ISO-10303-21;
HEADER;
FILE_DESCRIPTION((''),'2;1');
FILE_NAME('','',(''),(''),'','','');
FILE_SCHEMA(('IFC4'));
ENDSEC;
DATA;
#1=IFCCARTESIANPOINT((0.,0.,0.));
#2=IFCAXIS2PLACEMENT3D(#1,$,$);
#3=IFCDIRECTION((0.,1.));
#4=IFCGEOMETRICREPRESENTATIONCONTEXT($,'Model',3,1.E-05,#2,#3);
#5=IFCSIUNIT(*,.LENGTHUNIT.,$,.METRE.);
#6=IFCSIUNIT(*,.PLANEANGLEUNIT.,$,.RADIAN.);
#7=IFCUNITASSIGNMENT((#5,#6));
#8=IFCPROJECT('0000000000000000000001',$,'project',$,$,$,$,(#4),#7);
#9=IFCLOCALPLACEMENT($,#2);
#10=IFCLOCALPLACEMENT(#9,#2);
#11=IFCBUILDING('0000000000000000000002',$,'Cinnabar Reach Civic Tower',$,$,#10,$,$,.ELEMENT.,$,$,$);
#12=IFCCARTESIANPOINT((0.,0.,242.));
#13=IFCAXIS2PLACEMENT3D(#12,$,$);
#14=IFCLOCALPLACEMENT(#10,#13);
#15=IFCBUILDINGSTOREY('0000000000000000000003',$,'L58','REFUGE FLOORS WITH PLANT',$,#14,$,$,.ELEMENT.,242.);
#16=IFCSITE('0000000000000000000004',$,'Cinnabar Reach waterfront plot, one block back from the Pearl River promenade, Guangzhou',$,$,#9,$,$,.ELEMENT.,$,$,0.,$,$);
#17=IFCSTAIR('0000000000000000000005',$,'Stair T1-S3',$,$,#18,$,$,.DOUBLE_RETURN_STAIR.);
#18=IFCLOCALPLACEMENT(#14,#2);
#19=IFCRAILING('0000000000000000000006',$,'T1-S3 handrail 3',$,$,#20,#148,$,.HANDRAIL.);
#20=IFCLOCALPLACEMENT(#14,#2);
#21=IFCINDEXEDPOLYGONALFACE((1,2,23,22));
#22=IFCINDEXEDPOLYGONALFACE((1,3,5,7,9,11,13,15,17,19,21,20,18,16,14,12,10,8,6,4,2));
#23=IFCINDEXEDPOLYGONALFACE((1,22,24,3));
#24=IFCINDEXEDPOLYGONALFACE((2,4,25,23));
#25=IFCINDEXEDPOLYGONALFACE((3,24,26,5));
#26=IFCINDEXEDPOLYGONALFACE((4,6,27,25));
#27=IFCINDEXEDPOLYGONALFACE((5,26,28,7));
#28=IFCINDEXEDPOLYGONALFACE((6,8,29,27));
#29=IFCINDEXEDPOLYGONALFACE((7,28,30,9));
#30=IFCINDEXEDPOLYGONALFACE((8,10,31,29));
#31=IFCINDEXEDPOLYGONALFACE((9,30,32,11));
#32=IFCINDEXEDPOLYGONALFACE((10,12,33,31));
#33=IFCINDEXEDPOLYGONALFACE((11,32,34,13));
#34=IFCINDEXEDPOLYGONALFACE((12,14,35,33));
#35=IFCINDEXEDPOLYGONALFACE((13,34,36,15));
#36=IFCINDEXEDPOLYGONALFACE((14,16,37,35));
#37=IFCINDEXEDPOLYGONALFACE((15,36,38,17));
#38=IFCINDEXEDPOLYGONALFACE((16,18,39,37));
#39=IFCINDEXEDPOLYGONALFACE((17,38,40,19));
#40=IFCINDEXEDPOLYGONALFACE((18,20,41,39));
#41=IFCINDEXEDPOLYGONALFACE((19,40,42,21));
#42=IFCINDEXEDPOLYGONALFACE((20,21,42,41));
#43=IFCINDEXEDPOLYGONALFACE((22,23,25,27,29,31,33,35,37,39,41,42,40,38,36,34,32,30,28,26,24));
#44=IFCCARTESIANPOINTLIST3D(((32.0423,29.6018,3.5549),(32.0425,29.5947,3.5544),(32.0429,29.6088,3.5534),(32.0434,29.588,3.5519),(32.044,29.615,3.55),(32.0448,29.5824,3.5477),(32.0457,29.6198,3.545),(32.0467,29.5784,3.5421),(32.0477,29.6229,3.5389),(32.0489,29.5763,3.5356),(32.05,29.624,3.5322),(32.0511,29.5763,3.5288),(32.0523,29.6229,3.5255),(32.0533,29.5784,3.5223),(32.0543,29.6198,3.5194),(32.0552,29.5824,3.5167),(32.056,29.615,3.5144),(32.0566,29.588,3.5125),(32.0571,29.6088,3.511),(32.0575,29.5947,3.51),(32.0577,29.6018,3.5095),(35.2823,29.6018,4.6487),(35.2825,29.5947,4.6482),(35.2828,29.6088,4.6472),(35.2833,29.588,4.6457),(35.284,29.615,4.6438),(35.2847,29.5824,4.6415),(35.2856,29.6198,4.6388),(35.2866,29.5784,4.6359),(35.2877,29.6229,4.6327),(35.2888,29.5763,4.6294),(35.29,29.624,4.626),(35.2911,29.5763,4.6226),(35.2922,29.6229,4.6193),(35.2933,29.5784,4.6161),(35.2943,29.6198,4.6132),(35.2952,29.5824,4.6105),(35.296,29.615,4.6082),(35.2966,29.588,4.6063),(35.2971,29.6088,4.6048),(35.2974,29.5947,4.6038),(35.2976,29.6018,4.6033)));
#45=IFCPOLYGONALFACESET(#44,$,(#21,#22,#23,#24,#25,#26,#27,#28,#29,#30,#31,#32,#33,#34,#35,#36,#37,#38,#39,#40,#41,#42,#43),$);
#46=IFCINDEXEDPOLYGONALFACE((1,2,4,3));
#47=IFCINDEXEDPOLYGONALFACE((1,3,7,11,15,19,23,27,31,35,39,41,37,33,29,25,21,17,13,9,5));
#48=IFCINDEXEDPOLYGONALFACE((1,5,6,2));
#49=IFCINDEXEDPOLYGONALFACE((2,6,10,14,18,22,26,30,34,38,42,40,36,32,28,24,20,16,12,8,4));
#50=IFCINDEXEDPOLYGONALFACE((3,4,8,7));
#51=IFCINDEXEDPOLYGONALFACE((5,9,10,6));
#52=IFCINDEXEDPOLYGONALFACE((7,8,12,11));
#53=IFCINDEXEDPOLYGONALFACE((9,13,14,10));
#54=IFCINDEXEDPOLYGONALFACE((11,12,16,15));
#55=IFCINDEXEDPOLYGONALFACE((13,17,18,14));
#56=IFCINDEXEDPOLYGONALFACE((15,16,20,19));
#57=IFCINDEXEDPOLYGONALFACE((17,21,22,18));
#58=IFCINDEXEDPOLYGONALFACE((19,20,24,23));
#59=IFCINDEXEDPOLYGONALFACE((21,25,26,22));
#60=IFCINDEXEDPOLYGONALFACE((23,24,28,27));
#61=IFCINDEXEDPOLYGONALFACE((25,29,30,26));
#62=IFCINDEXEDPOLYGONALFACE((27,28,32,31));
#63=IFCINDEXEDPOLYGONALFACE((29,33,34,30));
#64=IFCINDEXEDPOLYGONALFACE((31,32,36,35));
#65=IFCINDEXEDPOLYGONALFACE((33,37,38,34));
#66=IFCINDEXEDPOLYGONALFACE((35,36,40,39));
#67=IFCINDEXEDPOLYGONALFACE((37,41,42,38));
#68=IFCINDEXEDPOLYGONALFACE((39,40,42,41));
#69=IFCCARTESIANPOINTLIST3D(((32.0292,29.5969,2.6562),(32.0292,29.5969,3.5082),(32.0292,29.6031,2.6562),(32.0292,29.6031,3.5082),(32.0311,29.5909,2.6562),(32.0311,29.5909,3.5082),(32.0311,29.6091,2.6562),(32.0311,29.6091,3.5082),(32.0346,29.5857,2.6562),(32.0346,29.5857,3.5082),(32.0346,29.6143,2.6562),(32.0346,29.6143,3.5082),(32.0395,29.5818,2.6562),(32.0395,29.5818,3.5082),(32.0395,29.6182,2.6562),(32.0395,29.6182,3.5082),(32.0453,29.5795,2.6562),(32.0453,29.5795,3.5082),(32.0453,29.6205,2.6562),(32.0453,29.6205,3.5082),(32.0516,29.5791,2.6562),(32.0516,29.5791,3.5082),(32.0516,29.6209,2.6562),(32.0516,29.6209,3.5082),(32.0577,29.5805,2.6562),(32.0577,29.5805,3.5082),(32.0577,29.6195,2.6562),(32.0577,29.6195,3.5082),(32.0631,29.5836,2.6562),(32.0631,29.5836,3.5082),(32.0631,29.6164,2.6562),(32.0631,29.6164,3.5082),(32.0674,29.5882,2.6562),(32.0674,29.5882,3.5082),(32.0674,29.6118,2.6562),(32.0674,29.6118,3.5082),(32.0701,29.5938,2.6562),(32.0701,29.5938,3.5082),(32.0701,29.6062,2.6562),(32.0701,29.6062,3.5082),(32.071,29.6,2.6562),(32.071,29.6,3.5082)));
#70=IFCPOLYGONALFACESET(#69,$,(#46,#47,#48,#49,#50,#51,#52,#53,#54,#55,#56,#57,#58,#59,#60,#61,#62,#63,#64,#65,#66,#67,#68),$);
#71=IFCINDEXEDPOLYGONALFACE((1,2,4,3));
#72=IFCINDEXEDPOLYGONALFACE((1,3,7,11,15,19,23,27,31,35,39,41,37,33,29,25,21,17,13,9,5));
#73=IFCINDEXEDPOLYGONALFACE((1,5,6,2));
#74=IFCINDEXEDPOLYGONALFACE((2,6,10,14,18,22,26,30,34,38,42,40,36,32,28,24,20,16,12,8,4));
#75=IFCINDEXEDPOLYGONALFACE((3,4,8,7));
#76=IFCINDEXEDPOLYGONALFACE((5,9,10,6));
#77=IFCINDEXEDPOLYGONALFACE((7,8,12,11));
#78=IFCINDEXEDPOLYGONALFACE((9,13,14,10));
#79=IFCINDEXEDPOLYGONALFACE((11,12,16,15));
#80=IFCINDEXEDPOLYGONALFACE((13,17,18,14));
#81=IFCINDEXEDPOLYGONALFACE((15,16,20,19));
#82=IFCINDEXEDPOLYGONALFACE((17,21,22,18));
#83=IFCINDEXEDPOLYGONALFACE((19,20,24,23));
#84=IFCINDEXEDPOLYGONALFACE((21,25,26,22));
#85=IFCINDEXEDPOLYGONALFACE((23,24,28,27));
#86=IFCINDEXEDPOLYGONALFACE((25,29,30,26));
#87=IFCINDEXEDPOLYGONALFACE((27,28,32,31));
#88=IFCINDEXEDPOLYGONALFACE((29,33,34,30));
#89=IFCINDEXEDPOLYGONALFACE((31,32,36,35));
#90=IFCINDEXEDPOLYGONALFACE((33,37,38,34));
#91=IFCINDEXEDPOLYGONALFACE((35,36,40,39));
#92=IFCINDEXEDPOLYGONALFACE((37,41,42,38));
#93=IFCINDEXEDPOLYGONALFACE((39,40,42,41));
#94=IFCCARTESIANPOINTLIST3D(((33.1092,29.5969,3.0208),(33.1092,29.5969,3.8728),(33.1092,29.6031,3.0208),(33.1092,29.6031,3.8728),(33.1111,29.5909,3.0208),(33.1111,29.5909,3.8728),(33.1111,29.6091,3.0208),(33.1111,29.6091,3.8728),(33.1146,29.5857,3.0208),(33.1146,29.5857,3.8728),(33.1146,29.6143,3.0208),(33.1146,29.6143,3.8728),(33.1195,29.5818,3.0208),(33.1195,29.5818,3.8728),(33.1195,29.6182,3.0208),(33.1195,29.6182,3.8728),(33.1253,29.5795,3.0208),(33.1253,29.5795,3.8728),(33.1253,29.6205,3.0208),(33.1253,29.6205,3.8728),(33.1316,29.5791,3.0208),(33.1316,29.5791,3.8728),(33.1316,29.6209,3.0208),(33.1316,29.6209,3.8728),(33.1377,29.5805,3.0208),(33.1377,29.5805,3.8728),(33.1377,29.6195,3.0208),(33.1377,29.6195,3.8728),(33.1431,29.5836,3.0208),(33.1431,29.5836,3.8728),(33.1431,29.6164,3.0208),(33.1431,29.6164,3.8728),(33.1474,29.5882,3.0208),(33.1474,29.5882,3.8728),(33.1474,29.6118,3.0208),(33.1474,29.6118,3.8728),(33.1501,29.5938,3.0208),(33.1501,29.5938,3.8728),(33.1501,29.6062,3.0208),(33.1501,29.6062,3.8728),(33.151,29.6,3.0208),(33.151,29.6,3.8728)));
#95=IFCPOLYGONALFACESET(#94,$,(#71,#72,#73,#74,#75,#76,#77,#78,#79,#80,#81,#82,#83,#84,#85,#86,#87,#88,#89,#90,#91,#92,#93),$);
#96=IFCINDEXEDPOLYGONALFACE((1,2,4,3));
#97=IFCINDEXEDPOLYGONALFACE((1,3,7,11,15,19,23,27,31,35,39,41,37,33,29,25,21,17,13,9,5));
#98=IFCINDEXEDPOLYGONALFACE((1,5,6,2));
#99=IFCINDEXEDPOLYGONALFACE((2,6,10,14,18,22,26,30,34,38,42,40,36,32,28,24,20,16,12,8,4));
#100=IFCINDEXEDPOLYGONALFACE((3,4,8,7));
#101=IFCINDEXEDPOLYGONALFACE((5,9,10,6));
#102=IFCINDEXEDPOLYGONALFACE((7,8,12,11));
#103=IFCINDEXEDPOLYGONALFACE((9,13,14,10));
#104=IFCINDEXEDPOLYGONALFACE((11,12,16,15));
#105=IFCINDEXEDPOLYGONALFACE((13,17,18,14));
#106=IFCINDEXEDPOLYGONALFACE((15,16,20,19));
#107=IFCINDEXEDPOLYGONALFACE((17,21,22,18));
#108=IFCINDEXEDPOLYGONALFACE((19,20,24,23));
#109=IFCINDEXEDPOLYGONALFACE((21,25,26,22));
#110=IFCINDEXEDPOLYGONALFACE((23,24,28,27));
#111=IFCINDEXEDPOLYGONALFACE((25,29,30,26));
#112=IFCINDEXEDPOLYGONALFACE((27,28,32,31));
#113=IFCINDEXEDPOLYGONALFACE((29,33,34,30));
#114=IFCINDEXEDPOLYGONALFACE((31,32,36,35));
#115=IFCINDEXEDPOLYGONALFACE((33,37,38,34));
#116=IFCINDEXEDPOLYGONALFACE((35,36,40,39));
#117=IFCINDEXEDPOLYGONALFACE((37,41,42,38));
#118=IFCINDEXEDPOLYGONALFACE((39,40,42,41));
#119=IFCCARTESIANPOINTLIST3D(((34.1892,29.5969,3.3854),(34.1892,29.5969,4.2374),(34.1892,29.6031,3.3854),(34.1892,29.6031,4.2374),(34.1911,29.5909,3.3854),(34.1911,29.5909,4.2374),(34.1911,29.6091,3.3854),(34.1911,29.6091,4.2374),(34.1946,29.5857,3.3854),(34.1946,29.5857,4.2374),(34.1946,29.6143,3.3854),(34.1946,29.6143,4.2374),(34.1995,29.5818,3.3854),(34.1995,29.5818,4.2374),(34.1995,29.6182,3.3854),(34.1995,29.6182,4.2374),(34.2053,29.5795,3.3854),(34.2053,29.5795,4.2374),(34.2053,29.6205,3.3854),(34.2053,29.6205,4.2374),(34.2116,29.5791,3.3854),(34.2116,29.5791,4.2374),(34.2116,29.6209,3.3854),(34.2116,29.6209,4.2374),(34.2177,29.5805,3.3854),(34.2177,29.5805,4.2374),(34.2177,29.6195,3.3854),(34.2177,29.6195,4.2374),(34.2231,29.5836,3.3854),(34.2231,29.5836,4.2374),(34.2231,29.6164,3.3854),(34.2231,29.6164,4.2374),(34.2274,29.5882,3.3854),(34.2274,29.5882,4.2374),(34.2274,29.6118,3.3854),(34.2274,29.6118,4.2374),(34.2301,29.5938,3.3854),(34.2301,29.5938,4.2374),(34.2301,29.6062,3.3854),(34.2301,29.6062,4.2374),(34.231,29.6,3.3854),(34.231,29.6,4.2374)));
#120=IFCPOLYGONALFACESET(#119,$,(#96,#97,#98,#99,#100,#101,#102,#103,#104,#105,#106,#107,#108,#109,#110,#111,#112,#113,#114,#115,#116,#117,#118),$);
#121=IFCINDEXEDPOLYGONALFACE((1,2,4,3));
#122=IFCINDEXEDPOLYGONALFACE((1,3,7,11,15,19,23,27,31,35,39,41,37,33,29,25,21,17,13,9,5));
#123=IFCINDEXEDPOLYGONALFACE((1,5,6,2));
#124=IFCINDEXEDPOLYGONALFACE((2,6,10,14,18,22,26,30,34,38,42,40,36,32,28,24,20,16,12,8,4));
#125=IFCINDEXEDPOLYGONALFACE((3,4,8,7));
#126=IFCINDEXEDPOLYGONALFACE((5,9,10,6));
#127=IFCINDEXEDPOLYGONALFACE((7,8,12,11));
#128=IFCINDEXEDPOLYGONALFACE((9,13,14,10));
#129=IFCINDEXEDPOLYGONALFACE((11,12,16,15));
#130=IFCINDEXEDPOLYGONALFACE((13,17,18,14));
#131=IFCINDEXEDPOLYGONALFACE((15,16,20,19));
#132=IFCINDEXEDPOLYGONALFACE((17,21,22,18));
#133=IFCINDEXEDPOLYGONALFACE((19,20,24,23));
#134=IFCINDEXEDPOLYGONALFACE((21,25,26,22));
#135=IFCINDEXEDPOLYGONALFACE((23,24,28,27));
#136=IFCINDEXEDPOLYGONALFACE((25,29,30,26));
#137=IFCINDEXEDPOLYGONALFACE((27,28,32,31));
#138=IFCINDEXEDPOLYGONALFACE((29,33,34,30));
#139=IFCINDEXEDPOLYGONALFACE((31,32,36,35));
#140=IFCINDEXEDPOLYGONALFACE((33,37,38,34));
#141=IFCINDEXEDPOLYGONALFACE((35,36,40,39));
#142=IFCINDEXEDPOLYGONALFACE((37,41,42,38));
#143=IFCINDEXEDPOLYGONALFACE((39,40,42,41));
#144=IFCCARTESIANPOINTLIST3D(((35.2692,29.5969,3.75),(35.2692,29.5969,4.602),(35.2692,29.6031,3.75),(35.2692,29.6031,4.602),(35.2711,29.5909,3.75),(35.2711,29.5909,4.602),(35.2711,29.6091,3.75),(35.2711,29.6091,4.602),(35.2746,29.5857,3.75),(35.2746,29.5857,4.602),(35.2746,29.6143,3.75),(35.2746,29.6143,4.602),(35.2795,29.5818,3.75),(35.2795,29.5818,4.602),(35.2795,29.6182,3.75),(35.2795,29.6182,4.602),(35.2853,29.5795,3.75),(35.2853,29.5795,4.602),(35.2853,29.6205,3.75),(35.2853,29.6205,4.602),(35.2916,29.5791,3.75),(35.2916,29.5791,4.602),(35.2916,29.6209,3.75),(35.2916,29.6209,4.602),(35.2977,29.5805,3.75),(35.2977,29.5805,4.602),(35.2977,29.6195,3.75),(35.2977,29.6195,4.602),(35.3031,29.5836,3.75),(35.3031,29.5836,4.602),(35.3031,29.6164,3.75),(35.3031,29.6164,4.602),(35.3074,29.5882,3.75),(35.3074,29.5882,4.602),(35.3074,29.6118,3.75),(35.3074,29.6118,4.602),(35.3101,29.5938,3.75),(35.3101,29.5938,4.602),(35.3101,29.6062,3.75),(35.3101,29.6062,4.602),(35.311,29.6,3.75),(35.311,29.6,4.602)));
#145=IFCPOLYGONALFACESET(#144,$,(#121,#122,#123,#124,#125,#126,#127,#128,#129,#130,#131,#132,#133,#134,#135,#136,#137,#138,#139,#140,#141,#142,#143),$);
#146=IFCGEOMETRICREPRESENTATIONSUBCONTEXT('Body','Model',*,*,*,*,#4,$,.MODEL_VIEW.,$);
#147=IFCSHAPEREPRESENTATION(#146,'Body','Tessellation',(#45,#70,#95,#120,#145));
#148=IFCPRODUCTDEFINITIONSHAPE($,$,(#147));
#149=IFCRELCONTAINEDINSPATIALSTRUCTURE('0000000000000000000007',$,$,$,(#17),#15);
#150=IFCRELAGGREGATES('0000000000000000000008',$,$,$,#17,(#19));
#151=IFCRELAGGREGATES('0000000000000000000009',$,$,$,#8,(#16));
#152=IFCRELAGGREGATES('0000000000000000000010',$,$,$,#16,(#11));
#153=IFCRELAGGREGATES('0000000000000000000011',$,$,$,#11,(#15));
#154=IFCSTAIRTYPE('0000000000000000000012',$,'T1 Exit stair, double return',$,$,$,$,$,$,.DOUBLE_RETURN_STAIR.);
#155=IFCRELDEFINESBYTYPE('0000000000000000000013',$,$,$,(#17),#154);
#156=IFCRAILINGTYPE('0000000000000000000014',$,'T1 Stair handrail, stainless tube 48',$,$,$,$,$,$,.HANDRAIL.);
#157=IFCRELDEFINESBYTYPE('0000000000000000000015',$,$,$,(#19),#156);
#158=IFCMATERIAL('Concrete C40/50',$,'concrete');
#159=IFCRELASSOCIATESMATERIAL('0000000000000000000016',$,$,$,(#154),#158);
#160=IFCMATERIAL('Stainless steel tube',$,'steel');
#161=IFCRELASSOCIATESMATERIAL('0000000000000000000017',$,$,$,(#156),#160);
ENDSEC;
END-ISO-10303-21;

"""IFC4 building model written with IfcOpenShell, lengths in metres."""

from ifc_helpers import new_model, si_unit, direction, frame, origin, origin_2d, place, context, subcontext, project, spatial, circle, extrude, material, type_object, element, aggregate, save


model = new_model("IFC4")

# Units and contexts
model_context = context("Model", 3, precision=1e-05, world=origin(), true_north=direction((0.0, 1.0)))
body_context = subcontext(model_context, "Body", "Model", "MODEL_VIEW")
ifc_project = project(units=[si_unit("LENGTHUNIT", "METRE"), si_unit("PLANEANGLEUNIT", "RADIAN")], contexts=[model_context])

# Site, building, storey
site_placement = place(None, origin())
site = spatial("IfcSite", under=ifc_project, at=site_placement, Name="Cinnabar Reach waterfront plot, one block back from the Pearl River promenade, Guangzhou", CompositionType="ELEMENT", RefElevation=0.0)
building_placement = place(site_placement, origin())
building = spatial("IfcBuilding", under=site, at=building_placement, Name="Cinnabar Reach Civic Tower", CompositionType="ELEMENT")
storey_placement = place(building_placement, frame((0.0, 0.0, 242.0)))
storey = spatial("IfcBuildingStorey", under=building, at=storey_placement, Name="L58", Description="REFUGE FLOORS WITH PLANT", CompositionType="ELEMENT", Elevation=242.0)

# Stair, railing
ifc_material_1 = material(Name="Concrete C40/50", Category="concrete")
stair_type = type_object("IfcStairType", Name="T1 Exit stair, double return", PredefinedType="DOUBLE_RETURN_STAIR", material=ifc_material_1)
stair_placement = place(storey_placement, origin())
stair = element("IfcStair", 1, at=stair_placement, inside=storey, type_object=stair_type, Name="Stair T1-S3", PredefinedType="DOUBLE_RETURN_STAIR")
ifc_material_2 = material(Name="Stainless steel tube", Category="steel")
railing_type_1 = type_object("IfcRailingType", Name="T1 Stair handrail, stainless tube 48", PredefinedType="HANDRAIL", material=ifc_material_2)
railing_1_placement = place(storey_placement, frame((32.05, 29.6, 2.6562)))
railing_1 = element("IfcRailing", 2, at=railing_1_placement, type_object=railing_type_1, Name="T1-S3 handrail 3", PredefinedType="HANDRAIL", context=body_context, shape_type="SweptSolid", body=[
    extrude(circle(Radius=0.024, at=origin_2d()), frame((0.0, 0.0, 0.876), z_axis=(0.947466, 0.0, 0.319857), x_axis=(0.0, 1.0, 0.0)), (0.0, 0.0, 1.0), 3.4196),
    extrude(circle(Radius=0.021, at=origin_2d()), origin(), (0.0, 0.0, 1.0), 0.852),
    extrude(circle(Radius=0.021, at=origin_2d()), frame((1.08, 0.0, 0.3646)), (0.0, 0.0, 1.0), 0.852),
    extrude(circle(Radius=0.021, at=origin_2d()), frame((2.16, 0.0, 0.7292)), (0.0, 0.0, 1.0), 0.852),
    extrude(circle(Radius=0.021, at=origin_2d()), frame((3.24, 0.0, 1.0938)), (0.0, 0.0, 1.0), 0.852),
])
aggregate(stair, [railing_1])

save(model, "model.ifc")
